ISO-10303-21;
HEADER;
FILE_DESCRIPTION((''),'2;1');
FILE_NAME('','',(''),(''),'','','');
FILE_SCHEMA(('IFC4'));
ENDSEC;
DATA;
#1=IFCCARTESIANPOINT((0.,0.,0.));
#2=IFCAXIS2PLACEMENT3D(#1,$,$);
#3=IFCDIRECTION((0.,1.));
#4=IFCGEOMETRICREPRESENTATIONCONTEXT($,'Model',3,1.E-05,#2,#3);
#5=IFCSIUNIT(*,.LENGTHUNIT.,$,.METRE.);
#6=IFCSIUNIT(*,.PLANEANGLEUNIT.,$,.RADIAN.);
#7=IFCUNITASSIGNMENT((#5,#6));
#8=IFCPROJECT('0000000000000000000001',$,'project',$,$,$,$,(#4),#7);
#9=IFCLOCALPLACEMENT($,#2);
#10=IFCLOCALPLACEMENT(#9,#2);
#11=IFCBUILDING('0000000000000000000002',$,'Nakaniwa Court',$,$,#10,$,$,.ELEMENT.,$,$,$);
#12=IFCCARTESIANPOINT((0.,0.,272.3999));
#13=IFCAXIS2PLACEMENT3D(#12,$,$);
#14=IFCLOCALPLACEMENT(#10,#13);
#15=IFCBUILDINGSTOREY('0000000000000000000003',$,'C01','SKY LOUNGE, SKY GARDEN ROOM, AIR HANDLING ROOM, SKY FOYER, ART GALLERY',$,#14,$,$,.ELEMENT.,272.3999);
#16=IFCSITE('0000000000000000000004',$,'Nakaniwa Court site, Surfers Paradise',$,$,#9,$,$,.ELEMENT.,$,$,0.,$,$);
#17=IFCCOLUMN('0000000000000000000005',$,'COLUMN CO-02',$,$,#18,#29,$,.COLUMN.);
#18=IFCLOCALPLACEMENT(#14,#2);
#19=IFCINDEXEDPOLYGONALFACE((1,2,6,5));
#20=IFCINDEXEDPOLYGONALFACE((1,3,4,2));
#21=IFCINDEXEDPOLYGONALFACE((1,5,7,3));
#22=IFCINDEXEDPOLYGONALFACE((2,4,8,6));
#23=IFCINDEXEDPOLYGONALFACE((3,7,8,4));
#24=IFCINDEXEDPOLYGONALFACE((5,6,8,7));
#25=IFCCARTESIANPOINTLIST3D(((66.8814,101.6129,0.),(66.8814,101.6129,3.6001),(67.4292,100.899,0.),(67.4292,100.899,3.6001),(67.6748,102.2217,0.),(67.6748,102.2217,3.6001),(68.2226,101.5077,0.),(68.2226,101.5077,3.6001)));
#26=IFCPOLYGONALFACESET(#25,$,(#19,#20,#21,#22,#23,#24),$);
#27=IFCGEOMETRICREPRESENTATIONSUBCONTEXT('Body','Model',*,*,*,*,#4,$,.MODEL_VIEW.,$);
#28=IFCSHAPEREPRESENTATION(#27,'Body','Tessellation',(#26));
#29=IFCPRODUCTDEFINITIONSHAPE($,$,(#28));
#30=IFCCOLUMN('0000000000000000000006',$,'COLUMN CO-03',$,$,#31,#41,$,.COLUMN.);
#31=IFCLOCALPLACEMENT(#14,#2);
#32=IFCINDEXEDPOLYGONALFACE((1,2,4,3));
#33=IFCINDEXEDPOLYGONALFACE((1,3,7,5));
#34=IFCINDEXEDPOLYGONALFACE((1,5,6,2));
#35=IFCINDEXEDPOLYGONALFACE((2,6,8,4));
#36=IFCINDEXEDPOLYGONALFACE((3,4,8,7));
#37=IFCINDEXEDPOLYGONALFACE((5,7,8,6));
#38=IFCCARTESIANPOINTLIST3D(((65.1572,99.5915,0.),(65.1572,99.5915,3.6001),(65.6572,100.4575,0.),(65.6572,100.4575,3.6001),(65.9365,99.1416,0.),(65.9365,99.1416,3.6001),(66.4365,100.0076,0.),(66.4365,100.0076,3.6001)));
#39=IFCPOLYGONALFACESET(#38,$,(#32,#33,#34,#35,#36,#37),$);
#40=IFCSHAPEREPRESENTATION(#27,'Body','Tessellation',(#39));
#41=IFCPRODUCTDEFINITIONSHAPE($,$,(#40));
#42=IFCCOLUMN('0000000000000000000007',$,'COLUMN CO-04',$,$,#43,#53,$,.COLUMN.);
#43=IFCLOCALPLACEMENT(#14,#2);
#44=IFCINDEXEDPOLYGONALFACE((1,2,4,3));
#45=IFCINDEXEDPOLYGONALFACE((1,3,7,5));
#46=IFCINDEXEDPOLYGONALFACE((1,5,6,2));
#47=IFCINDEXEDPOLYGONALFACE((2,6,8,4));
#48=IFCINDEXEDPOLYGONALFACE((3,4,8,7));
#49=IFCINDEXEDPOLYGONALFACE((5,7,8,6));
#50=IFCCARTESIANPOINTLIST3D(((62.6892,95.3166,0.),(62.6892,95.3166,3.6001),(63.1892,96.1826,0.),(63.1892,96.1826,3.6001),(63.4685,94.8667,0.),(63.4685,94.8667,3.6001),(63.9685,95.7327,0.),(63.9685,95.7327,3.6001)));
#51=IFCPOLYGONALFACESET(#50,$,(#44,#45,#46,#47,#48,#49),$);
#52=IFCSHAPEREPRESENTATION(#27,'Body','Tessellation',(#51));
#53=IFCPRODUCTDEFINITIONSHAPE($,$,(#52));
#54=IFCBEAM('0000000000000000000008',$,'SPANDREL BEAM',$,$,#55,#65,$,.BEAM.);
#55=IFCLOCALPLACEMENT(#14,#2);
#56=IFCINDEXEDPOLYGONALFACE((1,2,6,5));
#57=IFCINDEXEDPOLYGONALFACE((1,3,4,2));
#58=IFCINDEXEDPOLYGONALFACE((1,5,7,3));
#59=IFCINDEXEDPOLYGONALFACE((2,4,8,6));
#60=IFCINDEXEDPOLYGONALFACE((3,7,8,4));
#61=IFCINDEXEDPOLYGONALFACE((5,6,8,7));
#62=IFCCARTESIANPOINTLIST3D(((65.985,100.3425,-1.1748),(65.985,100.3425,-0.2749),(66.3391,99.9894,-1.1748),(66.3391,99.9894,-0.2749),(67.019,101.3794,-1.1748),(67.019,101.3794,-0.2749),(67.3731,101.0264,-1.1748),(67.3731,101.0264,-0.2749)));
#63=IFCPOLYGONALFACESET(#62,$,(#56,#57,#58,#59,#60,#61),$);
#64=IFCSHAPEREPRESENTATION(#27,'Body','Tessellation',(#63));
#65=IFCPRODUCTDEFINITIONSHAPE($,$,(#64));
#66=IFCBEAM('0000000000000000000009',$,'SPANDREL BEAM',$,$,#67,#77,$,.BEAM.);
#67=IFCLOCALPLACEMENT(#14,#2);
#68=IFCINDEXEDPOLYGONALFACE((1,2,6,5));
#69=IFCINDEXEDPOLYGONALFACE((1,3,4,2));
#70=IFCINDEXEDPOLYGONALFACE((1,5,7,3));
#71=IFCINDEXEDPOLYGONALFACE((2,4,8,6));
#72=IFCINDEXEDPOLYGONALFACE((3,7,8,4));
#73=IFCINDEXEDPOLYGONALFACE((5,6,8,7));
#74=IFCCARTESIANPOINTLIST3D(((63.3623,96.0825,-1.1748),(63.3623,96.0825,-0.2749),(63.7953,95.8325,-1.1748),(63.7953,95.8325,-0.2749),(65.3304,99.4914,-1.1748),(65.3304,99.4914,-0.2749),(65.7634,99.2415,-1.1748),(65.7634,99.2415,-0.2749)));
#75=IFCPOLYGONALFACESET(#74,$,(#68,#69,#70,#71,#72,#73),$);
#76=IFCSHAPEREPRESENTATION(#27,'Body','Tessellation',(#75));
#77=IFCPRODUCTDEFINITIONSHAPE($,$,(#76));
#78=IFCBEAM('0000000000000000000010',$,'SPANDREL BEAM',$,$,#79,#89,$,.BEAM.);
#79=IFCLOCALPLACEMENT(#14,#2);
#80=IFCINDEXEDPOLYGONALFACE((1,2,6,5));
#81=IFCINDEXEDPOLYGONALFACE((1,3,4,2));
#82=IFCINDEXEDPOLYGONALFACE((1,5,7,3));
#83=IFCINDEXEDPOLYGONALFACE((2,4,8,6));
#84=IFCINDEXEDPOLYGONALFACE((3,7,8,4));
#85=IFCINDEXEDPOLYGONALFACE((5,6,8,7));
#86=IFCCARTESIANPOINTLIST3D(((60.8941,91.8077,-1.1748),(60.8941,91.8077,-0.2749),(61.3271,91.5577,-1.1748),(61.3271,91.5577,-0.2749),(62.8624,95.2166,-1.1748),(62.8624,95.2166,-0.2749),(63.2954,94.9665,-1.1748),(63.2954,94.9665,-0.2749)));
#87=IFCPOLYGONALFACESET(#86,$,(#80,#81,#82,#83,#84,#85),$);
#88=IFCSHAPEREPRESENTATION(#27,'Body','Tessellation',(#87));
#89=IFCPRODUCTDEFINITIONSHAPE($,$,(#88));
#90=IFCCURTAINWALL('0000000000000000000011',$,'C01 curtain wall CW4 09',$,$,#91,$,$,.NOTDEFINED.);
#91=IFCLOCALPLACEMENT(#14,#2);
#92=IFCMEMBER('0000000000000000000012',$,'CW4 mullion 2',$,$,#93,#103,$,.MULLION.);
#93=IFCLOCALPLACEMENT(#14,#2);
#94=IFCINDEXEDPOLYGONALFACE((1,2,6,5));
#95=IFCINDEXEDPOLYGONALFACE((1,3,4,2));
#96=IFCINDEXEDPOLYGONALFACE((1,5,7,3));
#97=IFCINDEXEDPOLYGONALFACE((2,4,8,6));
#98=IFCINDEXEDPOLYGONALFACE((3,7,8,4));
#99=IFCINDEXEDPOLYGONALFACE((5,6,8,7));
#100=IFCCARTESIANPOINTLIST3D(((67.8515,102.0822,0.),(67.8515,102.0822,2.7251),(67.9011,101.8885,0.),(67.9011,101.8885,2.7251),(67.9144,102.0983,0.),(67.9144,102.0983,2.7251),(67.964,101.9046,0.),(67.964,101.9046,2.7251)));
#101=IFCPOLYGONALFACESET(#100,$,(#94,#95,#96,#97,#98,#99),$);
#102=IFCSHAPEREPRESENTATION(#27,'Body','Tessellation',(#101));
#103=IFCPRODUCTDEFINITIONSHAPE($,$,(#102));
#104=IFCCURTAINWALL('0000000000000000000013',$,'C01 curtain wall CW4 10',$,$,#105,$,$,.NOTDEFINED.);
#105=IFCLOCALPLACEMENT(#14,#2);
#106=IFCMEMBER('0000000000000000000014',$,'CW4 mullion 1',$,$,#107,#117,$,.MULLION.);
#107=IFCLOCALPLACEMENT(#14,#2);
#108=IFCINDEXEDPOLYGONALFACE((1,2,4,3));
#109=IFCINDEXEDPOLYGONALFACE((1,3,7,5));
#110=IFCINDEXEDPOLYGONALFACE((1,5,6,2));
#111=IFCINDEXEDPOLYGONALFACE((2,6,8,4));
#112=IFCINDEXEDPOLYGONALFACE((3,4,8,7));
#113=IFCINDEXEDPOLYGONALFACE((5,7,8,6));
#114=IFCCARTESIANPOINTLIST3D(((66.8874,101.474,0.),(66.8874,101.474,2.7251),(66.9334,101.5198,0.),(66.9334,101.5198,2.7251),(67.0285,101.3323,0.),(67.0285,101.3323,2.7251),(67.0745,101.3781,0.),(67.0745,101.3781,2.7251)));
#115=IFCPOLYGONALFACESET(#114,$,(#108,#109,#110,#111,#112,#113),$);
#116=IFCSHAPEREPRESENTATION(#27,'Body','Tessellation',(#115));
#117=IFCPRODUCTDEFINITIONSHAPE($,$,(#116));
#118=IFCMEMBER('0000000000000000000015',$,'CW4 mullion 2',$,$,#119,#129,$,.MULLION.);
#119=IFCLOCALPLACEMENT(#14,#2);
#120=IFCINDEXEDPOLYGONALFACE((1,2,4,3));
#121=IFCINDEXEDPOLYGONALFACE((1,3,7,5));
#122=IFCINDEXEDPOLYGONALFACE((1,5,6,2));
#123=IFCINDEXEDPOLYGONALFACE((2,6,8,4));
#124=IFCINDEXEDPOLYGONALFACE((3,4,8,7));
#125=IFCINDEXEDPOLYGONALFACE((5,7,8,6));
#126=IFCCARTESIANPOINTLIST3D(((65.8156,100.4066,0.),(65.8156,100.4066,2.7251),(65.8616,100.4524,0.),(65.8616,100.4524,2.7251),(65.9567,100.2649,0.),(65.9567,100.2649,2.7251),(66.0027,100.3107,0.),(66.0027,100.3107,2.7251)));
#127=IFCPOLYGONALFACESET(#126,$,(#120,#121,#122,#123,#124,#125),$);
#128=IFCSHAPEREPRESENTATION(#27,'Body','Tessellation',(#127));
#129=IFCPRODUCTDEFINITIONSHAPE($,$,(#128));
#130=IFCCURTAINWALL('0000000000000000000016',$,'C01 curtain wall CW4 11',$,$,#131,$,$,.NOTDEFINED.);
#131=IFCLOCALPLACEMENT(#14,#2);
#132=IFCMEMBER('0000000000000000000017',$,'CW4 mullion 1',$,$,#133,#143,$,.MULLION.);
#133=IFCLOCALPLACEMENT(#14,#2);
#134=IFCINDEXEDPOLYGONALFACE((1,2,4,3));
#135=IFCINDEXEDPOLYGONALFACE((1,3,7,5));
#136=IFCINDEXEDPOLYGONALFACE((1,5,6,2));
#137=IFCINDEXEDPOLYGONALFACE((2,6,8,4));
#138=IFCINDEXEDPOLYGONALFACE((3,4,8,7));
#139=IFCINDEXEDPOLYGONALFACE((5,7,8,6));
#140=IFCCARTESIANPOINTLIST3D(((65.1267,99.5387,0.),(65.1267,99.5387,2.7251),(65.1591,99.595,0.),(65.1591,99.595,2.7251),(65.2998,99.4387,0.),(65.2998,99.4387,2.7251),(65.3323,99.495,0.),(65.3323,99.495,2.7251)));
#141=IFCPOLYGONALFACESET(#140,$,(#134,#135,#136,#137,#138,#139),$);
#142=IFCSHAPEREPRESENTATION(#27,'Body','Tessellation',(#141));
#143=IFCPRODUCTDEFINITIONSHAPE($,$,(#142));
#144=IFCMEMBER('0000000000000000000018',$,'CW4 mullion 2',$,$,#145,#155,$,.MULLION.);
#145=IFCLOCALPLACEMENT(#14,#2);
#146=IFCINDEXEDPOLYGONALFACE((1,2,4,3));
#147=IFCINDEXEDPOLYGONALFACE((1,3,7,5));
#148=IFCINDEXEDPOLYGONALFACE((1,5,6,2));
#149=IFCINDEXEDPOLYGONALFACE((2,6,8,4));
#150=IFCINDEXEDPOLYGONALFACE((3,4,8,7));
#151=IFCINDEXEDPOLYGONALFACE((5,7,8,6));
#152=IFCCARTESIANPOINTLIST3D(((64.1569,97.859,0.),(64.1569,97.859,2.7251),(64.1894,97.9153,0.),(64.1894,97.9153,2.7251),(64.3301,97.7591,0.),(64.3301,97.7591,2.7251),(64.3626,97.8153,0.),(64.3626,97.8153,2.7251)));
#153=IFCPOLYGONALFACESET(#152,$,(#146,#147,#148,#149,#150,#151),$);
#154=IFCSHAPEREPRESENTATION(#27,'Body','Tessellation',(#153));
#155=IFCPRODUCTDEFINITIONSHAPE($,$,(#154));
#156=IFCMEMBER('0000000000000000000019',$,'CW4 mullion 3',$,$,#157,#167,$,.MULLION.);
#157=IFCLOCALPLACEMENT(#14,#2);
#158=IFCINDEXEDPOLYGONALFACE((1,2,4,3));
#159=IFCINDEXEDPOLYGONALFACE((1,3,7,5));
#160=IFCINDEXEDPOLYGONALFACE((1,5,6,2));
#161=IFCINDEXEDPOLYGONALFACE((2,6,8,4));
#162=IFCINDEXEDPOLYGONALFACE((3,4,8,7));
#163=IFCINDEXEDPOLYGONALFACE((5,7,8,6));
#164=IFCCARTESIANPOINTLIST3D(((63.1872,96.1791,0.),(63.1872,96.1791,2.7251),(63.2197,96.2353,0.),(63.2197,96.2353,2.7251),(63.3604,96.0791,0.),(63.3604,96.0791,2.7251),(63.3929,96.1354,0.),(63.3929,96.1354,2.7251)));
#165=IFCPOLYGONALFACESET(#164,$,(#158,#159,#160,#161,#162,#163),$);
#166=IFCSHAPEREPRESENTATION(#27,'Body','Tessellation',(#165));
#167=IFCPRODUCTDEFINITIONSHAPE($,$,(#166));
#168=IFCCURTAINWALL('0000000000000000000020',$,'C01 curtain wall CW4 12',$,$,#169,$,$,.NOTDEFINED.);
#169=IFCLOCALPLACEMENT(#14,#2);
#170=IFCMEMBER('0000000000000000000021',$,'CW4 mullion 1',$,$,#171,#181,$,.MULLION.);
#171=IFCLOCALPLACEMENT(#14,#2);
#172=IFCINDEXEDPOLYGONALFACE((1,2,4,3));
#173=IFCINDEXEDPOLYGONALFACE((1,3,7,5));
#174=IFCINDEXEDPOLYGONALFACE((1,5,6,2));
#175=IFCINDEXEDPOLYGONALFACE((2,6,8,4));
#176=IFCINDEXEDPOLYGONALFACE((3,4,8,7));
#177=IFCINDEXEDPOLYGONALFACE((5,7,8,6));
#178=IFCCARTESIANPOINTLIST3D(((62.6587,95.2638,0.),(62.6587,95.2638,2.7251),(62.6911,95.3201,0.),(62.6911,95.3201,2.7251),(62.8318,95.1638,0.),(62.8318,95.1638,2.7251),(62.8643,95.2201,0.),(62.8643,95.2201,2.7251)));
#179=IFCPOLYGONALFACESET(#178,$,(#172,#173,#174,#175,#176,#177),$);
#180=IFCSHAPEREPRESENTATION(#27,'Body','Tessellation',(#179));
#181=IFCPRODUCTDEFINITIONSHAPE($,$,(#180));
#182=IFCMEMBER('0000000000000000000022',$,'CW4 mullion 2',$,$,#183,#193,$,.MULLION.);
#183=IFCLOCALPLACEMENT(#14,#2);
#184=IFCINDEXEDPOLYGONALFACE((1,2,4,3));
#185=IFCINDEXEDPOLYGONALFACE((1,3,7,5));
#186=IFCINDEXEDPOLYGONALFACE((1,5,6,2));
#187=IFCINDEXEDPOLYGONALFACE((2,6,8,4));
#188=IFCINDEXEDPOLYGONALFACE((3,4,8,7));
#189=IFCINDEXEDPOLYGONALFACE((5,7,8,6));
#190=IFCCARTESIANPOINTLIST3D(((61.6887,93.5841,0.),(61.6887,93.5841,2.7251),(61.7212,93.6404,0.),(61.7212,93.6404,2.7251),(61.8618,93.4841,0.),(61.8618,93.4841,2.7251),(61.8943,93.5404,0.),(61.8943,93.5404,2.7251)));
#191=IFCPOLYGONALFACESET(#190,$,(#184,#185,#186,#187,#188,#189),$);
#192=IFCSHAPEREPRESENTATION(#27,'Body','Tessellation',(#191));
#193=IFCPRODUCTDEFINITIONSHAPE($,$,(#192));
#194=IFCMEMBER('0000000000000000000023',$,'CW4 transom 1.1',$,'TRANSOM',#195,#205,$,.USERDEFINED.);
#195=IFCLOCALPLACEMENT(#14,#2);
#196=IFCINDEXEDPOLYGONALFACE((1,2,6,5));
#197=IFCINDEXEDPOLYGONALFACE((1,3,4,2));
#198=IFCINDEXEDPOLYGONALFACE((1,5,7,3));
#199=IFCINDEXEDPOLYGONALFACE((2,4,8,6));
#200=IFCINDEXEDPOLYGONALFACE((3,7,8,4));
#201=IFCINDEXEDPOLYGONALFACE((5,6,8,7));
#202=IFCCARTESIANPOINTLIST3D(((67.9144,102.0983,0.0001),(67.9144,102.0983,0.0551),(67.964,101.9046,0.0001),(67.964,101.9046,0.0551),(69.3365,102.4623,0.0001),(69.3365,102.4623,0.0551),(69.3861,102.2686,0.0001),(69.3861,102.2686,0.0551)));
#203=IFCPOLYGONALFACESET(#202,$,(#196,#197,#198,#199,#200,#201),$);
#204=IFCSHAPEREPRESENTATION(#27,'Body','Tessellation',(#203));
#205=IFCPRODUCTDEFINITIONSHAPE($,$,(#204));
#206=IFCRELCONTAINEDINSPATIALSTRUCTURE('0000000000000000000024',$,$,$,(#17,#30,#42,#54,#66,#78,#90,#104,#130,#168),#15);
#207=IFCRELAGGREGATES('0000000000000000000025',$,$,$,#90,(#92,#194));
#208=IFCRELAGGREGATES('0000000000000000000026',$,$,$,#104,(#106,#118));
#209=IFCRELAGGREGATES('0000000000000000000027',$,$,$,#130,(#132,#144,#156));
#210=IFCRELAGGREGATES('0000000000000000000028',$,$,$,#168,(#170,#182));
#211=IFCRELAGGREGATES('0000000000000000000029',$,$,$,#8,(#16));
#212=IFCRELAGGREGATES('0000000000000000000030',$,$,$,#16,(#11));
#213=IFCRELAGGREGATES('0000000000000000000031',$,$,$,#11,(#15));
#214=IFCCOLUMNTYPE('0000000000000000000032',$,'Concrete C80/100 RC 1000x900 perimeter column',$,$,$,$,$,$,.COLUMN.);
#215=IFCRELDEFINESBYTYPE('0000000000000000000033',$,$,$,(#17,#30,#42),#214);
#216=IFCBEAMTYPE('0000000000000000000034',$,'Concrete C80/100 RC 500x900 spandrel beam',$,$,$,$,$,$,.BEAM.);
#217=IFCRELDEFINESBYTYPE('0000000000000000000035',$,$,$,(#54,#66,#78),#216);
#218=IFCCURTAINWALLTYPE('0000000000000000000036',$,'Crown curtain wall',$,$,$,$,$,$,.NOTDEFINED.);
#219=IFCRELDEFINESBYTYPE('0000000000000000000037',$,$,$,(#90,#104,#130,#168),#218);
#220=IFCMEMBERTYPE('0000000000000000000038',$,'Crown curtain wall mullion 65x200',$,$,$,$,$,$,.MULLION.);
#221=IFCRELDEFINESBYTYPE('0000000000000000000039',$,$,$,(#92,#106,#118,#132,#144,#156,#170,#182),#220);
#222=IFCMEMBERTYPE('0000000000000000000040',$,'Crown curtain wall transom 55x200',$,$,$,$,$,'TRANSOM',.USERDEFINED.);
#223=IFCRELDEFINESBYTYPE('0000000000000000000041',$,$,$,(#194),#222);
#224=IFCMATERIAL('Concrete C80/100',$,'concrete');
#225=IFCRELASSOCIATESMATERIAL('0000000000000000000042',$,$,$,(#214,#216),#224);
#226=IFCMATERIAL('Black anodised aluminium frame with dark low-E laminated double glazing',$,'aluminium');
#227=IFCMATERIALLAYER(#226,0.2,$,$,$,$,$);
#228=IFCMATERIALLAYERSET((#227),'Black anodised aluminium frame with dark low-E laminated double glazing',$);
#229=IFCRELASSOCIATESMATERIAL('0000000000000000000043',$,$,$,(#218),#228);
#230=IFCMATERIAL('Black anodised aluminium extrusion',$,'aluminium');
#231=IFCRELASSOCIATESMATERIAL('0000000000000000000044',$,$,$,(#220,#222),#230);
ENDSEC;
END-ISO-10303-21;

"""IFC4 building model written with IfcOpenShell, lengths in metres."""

from ifc_helpers import new_model, si_unit, direction, frame, origin, origin_2d, place, context, subcontext, project, spatial, rectangle, extrude, material, layer, layer_set, material_profile, profile_set, type_object, element, aggregate, save


model = new_model("IFC4")

# Units and contexts
model_context = context("Model", 3, precision=1e-05, world=origin(), true_north=direction((0.0, 1.0)))
body_context = subcontext(model_context, "Body", "Model", "MODEL_VIEW")
ifc_project = project(units=[si_unit("LENGTHUNIT", "METRE"), si_unit("PLANEANGLEUNIT", "RADIAN")], contexts=[model_context])

# Site, building, storey
site_placement = place(None, origin())
site = spatial("IfcSite", under=ifc_project, at=site_placement, Name="Nakaniwa Court site, Surfers Paradise", CompositionType="ELEMENT", RefElevation=0.0)
building_placement = place(site_placement, origin())
building = spatial("IfcBuilding", under=site, at=building_placement, Name="Nakaniwa Court", CompositionType="ELEMENT")
storey_placement = place(building_placement, frame((0.0, 0.0, 272.3999)))
storey = spatial("IfcBuildingStorey", under=building, at=storey_placement, Name="C01", Description="SKY LOUNGE, SKY GARDEN ROOM, AIR HANDLING ROOM, SKY FOYER, ART GALLERY", CompositionType="ELEMENT", Elevation=272.3999)

# Columns
ifc_material_1 = material(Name="Concrete C80/100", Category="concrete")
ifc_material_profile_1 = material_profile(ifc_material_1, rectangle(XDim=1.0, YDim=0.8999, at=origin_2d()), Name="Concrete C80/100 RC 1000x900 perimeter column")
ifc_profile_set_1 = profile_set([ifc_material_profile_1], Name="Concrete C80/100")
column_type = type_object("IfcColumnType", Name="Concrete C80/100 RC 1000x900 perimeter column", PredefinedType="COLUMN", material=ifc_profile_set_1)
for number, where, z_axis, x_axis, name in (
    (1, (67.552, 101.5603, 0.0), (0.0, 0.0, 1.0), (-0.793364, -0.608748, 0.0), "COLUMN CO-02"),
    (2, (65.7969, 99.7996, 0.0), (0.0, 0.0, 1.0), (-0.5, -0.866025, 0.0), "COLUMN CO-03"),
    (3, (63.3289, 95.5247, 0.0), (0.0, 0.0, 1.0), (-0.5, -0.866025, 0.0), "COLUMN CO-04"),
):
    element("IfcColumn", number, at=place(storey_placement, frame(where, z_axis=z_axis, x_axis=x_axis)), inside=storey, type_object=column_type, Name=name, PredefinedType="COLUMN", context=body_context, shape_type="SweptSolid", body=[
        extrude(rectangle(XDim=1.0, YDim=0.8999, at=origin_2d()), origin(), (0.0, 0.0, 1.0), 3.6001),
    ])

# Beams
ifc_material_profile_2 = material_profile(ifc_material_1, rectangle(XDim=0.5, YDim=0.8999, at=origin_2d()), Name="Concrete C80/100 RC 500x900 spandrel beam")
ifc_profile_set_2 = profile_set([ifc_material_profile_2], Name="Concrete C80/100")
beam_type = type_object("IfcBeamType", Name="Concrete C80/100 RC 500x900 spandrel beam", PredefinedType="BEAM", material=ifc_profile_set_2)
beam_placement = place(storey_placement, frame((67.196, 101.2029, -0.7249), z_axis=(-0.706106, -0.708106, 0.0), x_axis=(0.708106, -0.706106, 0.0)))
element("IfcBeam", 4, at=beam_placement, inside=storey, type_object=beam_type, Name="SPANDREL BEAM", PredefinedType="BEAM", context=body_context, shape_type="SweptSolid", body=[
    extrude(rectangle(XDim=0.5, YDim=0.8999, at=origin_2d()), origin(), (0.0, 0.0, 1.0), 1.4644),
])
for number, where, z_axis, x_axis, name in (
    (5, (65.5469, 99.3665, -0.7249), (-0.499975, -0.86604, 0.0), (0.86604, -0.499975, 0.0), "SPANDREL BEAM"),
    (6, (63.0789, 95.0916, -0.7249), (-0.500021, -0.866013, 0.0), (0.866013, -0.500021, 0.0), "SPANDREL BEAM"),
):
    element("IfcBeam", number, at=place(storey_placement, frame(where, z_axis=z_axis, x_axis=x_axis)), inside=storey, type_object=beam_type, Name=name, PredefinedType="BEAM", context=body_context, shape_type="SweptSolid", body=[
        extrude(rectangle(XDim=0.5, YDim=0.8999, at=origin_2d()), origin(), (0.0, 0.0, 1.0), 3.9363),
    ])

# Curtain wall, member
ifc_material_2 = material(Name="Black anodised aluminium frame with dark low-E laminated double glazing", Category="aluminium")
ifc_layer_1 = layer(ifc_material_2, 0.2)
ifc_layer_set_1 = layer_set([ifc_layer_1], Name="Black anodised aluminium frame with dark low-E laminated double glazing")
curtain_wall_type = type_object("IfcCurtainWallType", Name="Crown curtain wall", PredefinedType="NOTDEFINED", material=ifc_layer_set_1)
curtain_wall_1_placement = place(storey_placement, origin())
curtain_wall_1 = element("IfcCurtainWall", 7, at=curtain_wall_1_placement, inside=storey, type_object=curtain_wall_type, Name="C01 curtain wall CW4 09", PredefinedType="NOTDEFINED")
ifc_material_3 = material(Name="Black anodised aluminium extrusion", Category="aluminium")
ifc_material_profile_3 = material_profile(ifc_material_3, rectangle(XDim=0.2, YDim=0.0649, at=origin_2d()), Name="Crown curtain wall mullion 65x200")
ifc_profile_set_3 = profile_set([ifc_material_profile_3], Name="Black anodised aluminium extrusion")
member_type_1 = type_object("IfcMemberType", Name="Crown curtain wall mullion 65x200", PredefinedType="MULLION", material=ifc_profile_set_3)
member_1_placement = place(storey_placement, frame((67.9077, 101.9934, 0.0), z_axis=(0.0, 0.0, 1.0), x_axis=(0.248053, -0.968746, 0.0)))
member_1 = element("IfcMember", 8, at=member_1_placement, type_object=member_type_1, Name="CW4 mullion 2", PredefinedType="MULLION", context=body_context, shape_type="SweptSolid", body=[
    extrude(rectangle(XDim=0.2, YDim=0.0649, at=origin_2d()), origin(), (0.0, 0.0, 1.0), 2.7251),
])

# Curtain walls, members
curtain_wall_2_placement = place(storey_placement, origin())
curtain_wall_2 = element("IfcCurtainWall", 9, at=curtain_wall_2_placement, inside=storey, type_object=curtain_wall_type, Name="C01 curtain wall CW4 10", PredefinedType="NOTDEFINED")
member_2_placement = place(storey_placement, frame((66.981, 101.426, 0.0), z_axis=(0.0, 0.0, 1.0), x_axis=(0.705647, -0.708563, 0.0)))
member_2 = element("IfcMember", 10, at=member_2_placement, type_object=member_type_1, Name="CW4 mullion 1", PredefinedType="MULLION", context=body_context, shape_type="SweptSolid", body=[
    extrude(rectangle(XDim=0.2, YDim=0.0649, at=origin_2d()), origin(), (0.0, 0.0, 1.0), 2.7251),
])
member_3_placement = place(storey_placement, frame((65.9092, 100.3586, 0.0), z_axis=(0.0, 0.0, 1.0), x_axis=(0.705647, -0.708563, 0.0)))
member_3 = element("IfcMember", 11, at=member_3_placement, type_object=member_type_1, Name="CW4 mullion 2", PredefinedType="MULLION", context=body_context, shape_type="SweptSolid", body=[
    extrude(rectangle(XDim=0.2, YDim=0.0649, at=origin_2d()), origin(), (0.0, 0.0, 1.0), 2.7251),
])
curtain_wall_3_placement = place(storey_placement, origin())
curtain_wall_3 = element("IfcCurtainWall", 12, at=curtain_wall_3_placement, inside=storey, type_object=curtain_wall_type, Name="C01 curtain wall CW4 11", PredefinedType="NOTDEFINED")
member_4_placement = place(storey_placement, frame((65.2295, 99.5168, 0.0), z_axis=(0.0, 0.0, 1.0), x_axis=(0.866033, -0.499987, 0.0)))
member_4 = element("IfcMember", 13, at=member_4_placement, type_object=member_type_1, Name="CW4 mullion 1", PredefinedType="MULLION", context=body_context, shape_type="SweptSolid", body=[
    extrude(rectangle(XDim=0.2, YDim=0.0649, at=origin_2d()), origin(), (0.0, 0.0, 1.0), 2.7251),
])
member_5_placement = place(storey_placement, frame((64.2598, 97.8372, 0.0), z_axis=(0.0, 0.0, 1.0), x_axis=(0.866033, -0.499987, 0.0)))
member_5 = element("IfcMember", 14, at=member_5_placement, type_object=member_type_1, Name="CW4 mullion 2", PredefinedType="MULLION", context=body_context, shape_type="SweptSolid", body=[
    extrude(rectangle(XDim=0.2, YDim=0.0649, at=origin_2d()), origin(), (0.0, 0.0, 1.0), 2.7251),
])
member_6_placement = place(storey_placement, frame((63.29, 96.1572, 0.0), z_axis=(0.0, 0.0, 1.0), x_axis=(0.866033, -0.499987, 0.0)))
member_6 = element("IfcMember", 15, at=member_6_placement, type_object=member_type_1, Name="CW4 mullion 3", PredefinedType="MULLION", context=body_context, shape_type="SweptSolid", body=[
    extrude(rectangle(XDim=0.2, YDim=0.0649, at=origin_2d()), origin(), (0.0, 0.0, 1.0), 2.7251),
])
curtain_wall_4_placement = place(storey_placement, origin())
curtain_wall_4 = element("IfcCurtainWall", 16, at=curtain_wall_4_placement, inside=storey, type_object=curtain_wall_type, Name="C01 curtain wall CW4 12", PredefinedType="NOTDEFINED")
member_7_placement = place(storey_placement, frame((62.7615, 95.2419, 0.0), z_axis=(0.0, 0.0, 1.0), x_axis=(0.866016, -0.500017, 0.0)))
member_7 = element("IfcMember", 17, at=member_7_placement, type_object=member_type_1, Name="CW4 mullion 1", PredefinedType="MULLION", context=body_context, shape_type="SweptSolid", body=[
    extrude(rectangle(XDim=0.2, YDim=0.0649, at=origin_2d()), origin(), (0.0, 0.0, 1.0), 2.7251),
])
member_8_placement = place(storey_placement, frame((61.7915, 93.5623, 0.0), z_axis=(0.0, 0.0, 1.0), x_axis=(0.866016, -0.500017, 0.0)))
member_8 = element("IfcMember", 18, at=member_8_placement, type_object=member_type_1, Name="CW4 mullion 2", PredefinedType="MULLION", context=body_context, shape_type="SweptSolid", body=[
    extrude(rectangle(XDim=0.2, YDim=0.0649, at=origin_2d()), origin(), (0.0, 0.0, 1.0), 2.7251),
])

# Member
ifc_material_profile_4 = material_profile(ifc_material_3, rectangle(XDim=0.2, YDim=0.0549, at=origin_2d()), Name="Crown curtain wall transom 55x200")
ifc_profile_set_4 = profile_set([ifc_material_profile_4], Name="Black anodised aluminium extrusion")
member_type_2 = type_object("IfcMemberType", Name="Crown curtain wall transom 55x200", ElementType="TRANSOM", PredefinedType="USERDEFINED", material=ifc_profile_set_4)
member_9_placement = place(storey_placement, frame((69.3613, 102.3655, 0.0276), z_axis=(-0.968767, -0.247971, 0.0), x_axis=(0.247971, -0.968767, 0.0)))
member_9 = element("IfcMember", 19, at=member_9_placement, type_object=member_type_2, Name="CW4 transom 1.1", ObjectType="TRANSOM", PredefinedType="USERDEFINED", context=body_context, shape_type="SweptSolid", body=[
    extrude(rectangle(XDim=0.2, YDim=0.0549, at=origin_2d()), origin(), (0.0, 0.0, 1.0), 1.468),
])

aggregate(curtain_wall_1, [member_1, member_9])
aggregate(curtain_wall_2, [member_2, member_3])
aggregate(curtain_wall_3, [member_4, member_5, member_6])
aggregate(curtain_wall_4, [member_7, member_8])

save(model, "model.ifc")
